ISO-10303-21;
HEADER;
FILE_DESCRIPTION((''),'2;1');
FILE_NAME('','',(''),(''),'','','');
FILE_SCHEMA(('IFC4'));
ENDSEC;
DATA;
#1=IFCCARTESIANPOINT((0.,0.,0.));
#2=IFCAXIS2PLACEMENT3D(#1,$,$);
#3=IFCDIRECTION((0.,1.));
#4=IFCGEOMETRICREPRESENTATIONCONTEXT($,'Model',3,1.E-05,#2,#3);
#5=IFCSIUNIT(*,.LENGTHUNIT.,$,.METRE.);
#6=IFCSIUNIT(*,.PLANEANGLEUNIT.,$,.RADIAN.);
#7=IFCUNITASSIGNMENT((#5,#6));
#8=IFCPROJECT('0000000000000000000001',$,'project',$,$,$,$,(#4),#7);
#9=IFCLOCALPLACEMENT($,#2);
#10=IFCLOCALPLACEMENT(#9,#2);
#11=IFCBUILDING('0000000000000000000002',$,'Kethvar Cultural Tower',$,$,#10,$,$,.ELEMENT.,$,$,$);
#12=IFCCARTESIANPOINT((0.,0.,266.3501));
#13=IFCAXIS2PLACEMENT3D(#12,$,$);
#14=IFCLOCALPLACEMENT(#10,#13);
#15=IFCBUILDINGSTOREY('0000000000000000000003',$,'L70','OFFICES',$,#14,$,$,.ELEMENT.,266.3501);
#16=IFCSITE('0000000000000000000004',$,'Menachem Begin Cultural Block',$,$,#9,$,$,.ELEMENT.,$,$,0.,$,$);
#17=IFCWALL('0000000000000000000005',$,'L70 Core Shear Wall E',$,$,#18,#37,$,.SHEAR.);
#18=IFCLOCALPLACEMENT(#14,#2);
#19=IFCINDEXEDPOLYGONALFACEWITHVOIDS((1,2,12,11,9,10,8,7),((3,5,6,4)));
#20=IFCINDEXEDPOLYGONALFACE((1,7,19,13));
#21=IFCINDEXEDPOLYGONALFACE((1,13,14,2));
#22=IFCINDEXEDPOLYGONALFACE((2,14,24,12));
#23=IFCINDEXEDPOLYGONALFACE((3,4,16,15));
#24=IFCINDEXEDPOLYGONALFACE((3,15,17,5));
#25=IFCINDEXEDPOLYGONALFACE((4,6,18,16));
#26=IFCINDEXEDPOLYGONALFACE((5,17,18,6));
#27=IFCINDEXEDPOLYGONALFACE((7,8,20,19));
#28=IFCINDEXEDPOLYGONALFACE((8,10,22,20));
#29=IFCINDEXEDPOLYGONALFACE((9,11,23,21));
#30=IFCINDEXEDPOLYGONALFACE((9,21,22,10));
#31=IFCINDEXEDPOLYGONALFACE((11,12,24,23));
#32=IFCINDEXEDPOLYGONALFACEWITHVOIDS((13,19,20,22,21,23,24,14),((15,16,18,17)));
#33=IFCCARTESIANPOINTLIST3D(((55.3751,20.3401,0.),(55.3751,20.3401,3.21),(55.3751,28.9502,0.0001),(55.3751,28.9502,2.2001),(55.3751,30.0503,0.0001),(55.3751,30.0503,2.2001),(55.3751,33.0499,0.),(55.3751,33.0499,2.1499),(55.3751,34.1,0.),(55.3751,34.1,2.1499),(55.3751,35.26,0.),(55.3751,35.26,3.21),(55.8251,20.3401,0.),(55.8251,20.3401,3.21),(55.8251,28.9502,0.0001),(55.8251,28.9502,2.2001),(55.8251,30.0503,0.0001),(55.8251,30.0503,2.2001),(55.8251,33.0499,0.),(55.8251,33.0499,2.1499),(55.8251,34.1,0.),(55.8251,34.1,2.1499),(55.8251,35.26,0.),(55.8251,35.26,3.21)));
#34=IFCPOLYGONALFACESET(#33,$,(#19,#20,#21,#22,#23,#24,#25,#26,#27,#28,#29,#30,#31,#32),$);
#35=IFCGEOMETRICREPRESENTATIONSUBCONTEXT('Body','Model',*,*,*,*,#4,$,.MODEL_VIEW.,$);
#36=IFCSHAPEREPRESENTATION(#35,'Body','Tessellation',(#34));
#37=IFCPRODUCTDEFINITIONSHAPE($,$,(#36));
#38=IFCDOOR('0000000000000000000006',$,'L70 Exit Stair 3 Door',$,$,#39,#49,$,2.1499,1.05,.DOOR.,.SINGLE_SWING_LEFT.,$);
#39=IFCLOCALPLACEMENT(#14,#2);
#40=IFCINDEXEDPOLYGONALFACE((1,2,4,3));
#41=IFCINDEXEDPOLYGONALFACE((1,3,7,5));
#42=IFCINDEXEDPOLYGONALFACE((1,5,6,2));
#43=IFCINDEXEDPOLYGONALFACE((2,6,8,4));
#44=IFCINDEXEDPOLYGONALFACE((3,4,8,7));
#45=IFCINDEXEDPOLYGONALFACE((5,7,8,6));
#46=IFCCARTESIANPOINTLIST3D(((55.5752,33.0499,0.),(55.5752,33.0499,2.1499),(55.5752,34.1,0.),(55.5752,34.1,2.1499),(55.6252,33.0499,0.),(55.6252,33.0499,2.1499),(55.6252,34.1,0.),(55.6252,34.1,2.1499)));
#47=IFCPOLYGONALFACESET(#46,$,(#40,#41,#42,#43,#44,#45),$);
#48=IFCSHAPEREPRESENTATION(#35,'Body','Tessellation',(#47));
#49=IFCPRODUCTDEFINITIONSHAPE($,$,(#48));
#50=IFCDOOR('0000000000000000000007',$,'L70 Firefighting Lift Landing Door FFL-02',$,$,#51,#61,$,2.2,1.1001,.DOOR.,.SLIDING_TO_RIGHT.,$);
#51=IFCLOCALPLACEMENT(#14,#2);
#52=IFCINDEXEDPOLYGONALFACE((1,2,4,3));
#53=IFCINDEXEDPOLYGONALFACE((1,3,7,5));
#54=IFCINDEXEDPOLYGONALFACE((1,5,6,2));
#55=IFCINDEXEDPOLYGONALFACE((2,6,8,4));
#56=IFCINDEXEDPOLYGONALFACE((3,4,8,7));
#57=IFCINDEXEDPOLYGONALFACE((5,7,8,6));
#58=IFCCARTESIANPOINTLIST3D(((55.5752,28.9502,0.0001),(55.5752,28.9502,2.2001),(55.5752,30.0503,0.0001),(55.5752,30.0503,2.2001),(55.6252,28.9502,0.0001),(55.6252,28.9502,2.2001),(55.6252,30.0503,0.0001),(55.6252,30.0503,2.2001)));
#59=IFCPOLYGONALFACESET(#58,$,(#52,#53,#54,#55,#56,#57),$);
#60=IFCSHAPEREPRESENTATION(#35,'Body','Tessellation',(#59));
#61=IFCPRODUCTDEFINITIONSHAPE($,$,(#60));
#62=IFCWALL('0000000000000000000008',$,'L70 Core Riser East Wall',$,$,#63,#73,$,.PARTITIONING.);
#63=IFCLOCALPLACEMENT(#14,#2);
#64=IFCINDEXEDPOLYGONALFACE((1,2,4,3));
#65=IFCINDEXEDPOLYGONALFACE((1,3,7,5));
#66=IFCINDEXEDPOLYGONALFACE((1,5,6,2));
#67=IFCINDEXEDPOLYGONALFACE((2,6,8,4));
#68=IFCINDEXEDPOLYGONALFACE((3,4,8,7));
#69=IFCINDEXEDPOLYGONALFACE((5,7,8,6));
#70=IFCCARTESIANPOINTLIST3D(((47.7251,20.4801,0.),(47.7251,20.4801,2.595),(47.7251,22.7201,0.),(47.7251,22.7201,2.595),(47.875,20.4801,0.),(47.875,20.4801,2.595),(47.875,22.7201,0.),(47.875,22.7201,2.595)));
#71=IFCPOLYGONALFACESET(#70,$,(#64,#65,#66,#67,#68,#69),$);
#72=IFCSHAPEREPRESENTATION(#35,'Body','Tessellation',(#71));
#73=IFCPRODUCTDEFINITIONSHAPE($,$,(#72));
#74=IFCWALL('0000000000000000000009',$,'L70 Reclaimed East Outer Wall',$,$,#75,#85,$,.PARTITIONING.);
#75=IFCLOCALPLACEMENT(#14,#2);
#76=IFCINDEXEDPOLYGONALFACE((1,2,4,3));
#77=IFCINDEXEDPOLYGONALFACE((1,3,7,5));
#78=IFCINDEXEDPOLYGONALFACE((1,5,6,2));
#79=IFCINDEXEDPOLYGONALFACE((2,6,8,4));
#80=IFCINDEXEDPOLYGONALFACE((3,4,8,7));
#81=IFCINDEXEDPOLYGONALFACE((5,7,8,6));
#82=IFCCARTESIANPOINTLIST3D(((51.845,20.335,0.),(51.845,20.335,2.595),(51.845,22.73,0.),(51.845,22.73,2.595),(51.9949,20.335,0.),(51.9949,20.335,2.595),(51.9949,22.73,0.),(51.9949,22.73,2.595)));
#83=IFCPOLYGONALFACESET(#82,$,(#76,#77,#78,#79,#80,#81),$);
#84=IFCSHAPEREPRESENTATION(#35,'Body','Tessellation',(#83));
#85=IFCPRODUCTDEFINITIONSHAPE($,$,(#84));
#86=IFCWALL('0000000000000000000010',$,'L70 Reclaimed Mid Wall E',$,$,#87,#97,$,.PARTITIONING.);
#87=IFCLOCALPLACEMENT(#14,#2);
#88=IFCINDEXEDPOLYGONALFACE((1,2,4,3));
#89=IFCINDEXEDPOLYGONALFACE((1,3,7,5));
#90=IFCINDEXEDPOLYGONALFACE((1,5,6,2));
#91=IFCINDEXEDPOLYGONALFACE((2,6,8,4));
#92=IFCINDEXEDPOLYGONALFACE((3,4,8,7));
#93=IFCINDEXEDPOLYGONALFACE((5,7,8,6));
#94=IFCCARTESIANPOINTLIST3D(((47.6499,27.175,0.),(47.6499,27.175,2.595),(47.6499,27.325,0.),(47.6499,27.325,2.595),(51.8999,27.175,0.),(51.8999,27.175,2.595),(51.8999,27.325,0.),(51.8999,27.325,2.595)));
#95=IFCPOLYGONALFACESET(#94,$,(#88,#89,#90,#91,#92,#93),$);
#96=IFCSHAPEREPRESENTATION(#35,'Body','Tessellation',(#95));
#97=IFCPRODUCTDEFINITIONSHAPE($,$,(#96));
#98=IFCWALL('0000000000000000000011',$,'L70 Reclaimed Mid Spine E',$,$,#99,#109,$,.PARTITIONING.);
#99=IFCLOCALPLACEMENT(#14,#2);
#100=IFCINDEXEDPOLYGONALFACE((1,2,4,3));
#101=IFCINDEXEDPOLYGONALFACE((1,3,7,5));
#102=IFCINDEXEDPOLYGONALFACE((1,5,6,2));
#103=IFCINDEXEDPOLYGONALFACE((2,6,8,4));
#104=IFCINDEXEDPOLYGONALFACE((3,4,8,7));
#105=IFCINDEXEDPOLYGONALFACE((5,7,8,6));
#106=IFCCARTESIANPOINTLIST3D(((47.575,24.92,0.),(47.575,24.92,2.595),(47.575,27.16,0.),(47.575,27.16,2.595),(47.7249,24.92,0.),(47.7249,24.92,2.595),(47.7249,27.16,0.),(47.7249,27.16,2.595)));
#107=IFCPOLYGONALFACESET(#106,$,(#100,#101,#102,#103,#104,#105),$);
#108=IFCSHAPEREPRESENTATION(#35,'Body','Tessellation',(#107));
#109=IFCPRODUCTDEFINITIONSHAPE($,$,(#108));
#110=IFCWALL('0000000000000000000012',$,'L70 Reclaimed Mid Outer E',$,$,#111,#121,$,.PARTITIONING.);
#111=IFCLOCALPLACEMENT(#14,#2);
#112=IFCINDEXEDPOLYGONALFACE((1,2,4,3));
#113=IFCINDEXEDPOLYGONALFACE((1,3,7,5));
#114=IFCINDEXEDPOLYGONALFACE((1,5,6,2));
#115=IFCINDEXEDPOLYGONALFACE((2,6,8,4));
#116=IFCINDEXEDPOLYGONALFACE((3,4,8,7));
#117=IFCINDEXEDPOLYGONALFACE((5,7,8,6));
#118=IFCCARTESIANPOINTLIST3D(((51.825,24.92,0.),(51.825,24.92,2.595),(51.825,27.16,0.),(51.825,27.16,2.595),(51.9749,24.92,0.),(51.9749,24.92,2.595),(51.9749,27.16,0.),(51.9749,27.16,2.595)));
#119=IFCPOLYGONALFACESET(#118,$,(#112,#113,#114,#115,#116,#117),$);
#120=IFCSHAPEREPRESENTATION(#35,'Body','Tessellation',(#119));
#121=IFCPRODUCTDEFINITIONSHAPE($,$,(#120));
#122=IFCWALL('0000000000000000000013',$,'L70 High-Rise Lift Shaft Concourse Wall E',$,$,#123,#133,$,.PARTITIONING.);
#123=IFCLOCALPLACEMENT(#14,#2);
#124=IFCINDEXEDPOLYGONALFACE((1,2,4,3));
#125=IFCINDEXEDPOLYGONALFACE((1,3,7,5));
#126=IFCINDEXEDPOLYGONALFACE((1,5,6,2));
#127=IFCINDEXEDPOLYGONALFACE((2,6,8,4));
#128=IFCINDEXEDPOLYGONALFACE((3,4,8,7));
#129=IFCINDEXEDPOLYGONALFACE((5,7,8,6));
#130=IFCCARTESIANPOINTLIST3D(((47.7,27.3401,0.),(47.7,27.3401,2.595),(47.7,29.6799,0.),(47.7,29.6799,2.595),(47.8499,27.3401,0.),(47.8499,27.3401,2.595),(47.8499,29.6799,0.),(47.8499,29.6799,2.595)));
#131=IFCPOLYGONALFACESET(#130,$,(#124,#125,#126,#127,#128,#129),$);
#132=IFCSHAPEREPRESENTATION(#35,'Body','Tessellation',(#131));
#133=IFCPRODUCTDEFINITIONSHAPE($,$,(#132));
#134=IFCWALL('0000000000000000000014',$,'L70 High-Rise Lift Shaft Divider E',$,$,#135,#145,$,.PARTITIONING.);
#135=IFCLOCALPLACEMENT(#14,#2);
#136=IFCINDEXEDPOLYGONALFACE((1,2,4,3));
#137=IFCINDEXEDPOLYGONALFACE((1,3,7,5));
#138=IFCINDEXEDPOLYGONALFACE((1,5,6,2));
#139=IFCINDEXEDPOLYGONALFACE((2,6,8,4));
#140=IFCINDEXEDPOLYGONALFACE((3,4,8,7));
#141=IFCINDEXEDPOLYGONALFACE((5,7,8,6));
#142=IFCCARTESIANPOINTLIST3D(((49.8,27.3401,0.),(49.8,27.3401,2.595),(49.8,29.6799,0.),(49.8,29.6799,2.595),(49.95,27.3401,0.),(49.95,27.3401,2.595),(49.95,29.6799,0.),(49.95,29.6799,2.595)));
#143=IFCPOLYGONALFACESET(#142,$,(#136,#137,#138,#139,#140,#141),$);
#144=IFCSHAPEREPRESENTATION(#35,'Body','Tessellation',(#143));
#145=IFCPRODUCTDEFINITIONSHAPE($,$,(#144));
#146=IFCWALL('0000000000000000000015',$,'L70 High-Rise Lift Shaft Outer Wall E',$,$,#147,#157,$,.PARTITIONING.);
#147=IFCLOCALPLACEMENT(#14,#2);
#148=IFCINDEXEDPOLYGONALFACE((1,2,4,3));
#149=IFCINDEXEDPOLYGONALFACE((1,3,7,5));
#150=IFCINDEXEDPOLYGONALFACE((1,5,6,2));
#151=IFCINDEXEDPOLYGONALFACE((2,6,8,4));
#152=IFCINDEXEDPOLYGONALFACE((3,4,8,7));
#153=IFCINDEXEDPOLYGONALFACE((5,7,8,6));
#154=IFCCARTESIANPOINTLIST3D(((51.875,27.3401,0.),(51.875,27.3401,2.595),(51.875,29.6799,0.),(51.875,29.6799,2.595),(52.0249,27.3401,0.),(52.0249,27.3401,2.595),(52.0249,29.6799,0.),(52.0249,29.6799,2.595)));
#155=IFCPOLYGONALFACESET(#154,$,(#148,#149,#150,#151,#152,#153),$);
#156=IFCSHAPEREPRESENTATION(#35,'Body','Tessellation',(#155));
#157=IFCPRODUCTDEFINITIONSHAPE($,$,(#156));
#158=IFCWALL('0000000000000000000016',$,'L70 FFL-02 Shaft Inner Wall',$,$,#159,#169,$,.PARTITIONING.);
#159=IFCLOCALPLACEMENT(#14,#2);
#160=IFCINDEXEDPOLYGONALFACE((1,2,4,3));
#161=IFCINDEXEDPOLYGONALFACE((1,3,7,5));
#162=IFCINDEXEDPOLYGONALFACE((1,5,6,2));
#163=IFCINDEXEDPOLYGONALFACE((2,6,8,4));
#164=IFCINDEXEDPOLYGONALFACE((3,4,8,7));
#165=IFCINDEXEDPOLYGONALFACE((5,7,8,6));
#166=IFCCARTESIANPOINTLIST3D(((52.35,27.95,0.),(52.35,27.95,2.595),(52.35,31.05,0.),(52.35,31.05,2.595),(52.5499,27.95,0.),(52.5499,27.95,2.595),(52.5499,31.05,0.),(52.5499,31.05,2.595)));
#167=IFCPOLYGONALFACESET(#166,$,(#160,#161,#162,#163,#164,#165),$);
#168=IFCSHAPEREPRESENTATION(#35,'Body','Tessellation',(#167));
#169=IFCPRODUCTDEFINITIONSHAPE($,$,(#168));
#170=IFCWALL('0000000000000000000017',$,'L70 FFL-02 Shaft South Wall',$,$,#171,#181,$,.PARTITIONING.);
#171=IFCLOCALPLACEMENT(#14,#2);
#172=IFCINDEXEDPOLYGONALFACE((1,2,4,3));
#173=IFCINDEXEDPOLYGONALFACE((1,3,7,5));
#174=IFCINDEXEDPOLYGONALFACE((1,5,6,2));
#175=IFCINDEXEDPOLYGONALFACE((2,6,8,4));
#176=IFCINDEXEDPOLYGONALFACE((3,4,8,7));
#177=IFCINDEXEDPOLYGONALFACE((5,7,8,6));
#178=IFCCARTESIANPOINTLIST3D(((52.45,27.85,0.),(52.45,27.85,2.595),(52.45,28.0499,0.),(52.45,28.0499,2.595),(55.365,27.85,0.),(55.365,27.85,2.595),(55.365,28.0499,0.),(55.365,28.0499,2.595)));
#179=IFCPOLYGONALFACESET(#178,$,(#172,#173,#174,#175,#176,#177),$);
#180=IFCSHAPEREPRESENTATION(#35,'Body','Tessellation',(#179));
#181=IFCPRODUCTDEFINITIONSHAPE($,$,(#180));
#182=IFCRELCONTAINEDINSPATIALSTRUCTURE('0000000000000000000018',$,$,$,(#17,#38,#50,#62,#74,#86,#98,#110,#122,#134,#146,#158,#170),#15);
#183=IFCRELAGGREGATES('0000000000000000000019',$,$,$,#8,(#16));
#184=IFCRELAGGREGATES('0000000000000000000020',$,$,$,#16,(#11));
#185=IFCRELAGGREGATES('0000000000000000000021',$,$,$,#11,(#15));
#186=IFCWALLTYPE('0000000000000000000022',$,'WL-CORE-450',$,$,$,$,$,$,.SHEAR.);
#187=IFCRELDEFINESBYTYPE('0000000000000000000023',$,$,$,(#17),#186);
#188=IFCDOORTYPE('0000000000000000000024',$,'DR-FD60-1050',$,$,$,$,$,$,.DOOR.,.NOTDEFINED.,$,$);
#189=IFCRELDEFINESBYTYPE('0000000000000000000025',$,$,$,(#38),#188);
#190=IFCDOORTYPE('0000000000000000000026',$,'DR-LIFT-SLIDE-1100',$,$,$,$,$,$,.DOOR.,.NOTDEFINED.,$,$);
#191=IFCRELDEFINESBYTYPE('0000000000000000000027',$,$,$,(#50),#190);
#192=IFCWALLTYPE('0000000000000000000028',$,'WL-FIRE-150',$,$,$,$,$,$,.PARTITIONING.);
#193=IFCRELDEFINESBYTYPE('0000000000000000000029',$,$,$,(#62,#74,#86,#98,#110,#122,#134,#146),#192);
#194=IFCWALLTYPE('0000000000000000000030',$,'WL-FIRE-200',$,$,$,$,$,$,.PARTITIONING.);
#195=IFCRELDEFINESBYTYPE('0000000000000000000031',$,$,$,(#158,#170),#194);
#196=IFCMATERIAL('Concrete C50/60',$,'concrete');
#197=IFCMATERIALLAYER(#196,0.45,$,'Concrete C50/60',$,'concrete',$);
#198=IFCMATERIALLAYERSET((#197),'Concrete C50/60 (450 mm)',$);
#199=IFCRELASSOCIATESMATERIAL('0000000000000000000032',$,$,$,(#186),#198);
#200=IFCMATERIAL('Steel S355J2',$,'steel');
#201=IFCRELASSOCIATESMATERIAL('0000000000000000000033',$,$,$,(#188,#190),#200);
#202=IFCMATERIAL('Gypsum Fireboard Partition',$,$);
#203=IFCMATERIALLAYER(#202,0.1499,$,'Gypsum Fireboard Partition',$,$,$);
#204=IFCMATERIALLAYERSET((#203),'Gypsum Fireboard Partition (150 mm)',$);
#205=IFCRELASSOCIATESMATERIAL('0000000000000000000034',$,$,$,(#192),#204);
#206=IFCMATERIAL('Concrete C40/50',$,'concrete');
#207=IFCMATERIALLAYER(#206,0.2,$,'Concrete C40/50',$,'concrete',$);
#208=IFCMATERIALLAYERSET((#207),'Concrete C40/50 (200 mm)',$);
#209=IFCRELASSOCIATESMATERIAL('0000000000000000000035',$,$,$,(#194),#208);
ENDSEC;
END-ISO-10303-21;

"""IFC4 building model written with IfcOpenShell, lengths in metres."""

from ifc_helpers import new_model, si_unit, direction, frame, frame_2d, origin, place, context, subcontext, project, spatial, rectangle, extrude, source, transform, mapped, material, layer, layer_set, type_object, element, fill, save


model = new_model("IFC4")

# Units and contexts
model_context = context("Model", 3, precision=1e-05, world=origin(), true_north=direction((0.0, 1.0)))
body_context = subcontext(model_context, "Body", "Model", "MODEL_VIEW")
ifc_project = project(units=[si_unit("LENGTHUNIT", "METRE"), si_unit("PLANEANGLEUNIT", "RADIAN")], contexts=[model_context])

# Site, building, storey
site_placement = place(None, origin())
site = spatial("IfcSite", under=ifc_project, at=site_placement, Name="Menachem Begin Cultural Block", CompositionType="ELEMENT", RefElevation=0.0)
building_placement = place(site_placement, origin())
building = spatial("IfcBuilding", under=site, at=building_placement, Name="Kethvar Cultural Tower", CompositionType="ELEMENT")
storey_placement = place(building_placement, frame((0.0, 0.0, 266.3501)))
storey = spatial("IfcBuildingStorey", under=building, at=storey_placement, Name="L70", Description="OFFICES", CompositionType="ELEMENT", Elevation=266.3501)

# Wall, openings, doors
ifc_material_1 = material(Name="Concrete C50/60", Category="concrete")
ifc_layer_1 = layer(ifc_material_1, 0.45, Name="Concrete C50/60", Category="concrete")
ifc_layer_set_1 = layer_set([ifc_layer_1], Name="Concrete C50/60 (450 mm)")
wall_type_1 = type_object("IfcWallType", Name="WL-CORE-450", PredefinedType="SHEAR", material=ifc_layer_set_1)
wall_1_placement = place(storey_placement, frame((55.6001, 20.3401, 0.0), z_axis=(0.0, 0.0, 1.0), x_axis=(0.0, 1.0, 0.0)))
wall_1 = element("IfcWall", 1, at=wall_1_placement, inside=storey, type_object=wall_type_1, Name="L70 Core Shear Wall E", PredefinedType="SHEAR", context=body_context, shape_type="SweptSolid", body=[
    extrude(rectangle(XDim=14.9199, YDim=0.45, at=frame_2d((7.46, 0.0))), origin(), (0.0, 0.0, 1.0), 3.21),
])
opening_1_placement = place(wall_1_placement, frame((12.71, 0.0, 0.0)))
opening_1 = element("IfcOpeningElement", 2, at=opening_1_placement, cuts=wall_1, PredefinedType="OPENING", context=body_context, shape_type="SweptSolid", body=[
    extrude(rectangle(XDim=1.05, YDim=2.1499, at=frame_2d((0.5249, 1.075))), frame((0.0, 0.2349, 0.0), z_axis=(0.0, -1.0, 0.0), x_axis=(1.0, 0.0, 0.0)), (0.0, 0.0, 1.0), 0.47),
])
opening_2_placement = place(wall_1_placement, frame((8.6101, 0.0, 0.0)))
opening_2 = element("IfcOpeningElement", 3, at=opening_2_placement, cuts=wall_1, PredefinedType="OPENING", context=body_context, shape_type="SweptSolid", body=[
    extrude(rectangle(XDim=1.1001, YDim=2.2, at=frame_2d((0.55, 1.1001))), frame((0.0, 0.2349, 0.0), z_axis=(0.0, -1.0, 0.0), x_axis=(1.0, 0.0, 0.0)), (0.0, 0.0, 1.0), 0.47),
])
ifc_material_2 = material(Name="Steel S355J2", Category="steel")
door_type_1 = type_object("IfcDoorType", Name="DR-FD60-1050", OperationType="NOTDEFINED", PredefinedType="DOOR", material=ifc_material_2)
shared_shape_1 = source(origin(), body_context, "Body", "SweptSolid", [
    extrude(rectangle(XDim=1.05, YDim=2.1499, at=frame_2d((0.5249, 1.075))), frame((0.0, 0.0249, 0.0), z_axis=(0.0, -1.0, 0.0), x_axis=(1.0, 0.0, 0.0)), (0.0, 0.0, 1.0), 0.05),
])
door_1_placement = place(opening_1_placement, origin())
door_1 = element("IfcDoor", 4, at=door_1_placement, inside=storey, type_object=door_type_1, Name="L70 Exit Stair 3 Door", OperationType="SINGLE_SWING_LEFT", OverallHeight=2.1499, OverallWidth=1.05, PredefinedType="DOOR", context=body_context, shape_type="MappedRepresentation", body=[
    mapped(shared_shape_1, transform((0.0, 0.0, 0.0), scale=1.0)),
])
fill(opening_1, door_1)
door_type_2 = type_object("IfcDoorType", Name="DR-LIFT-SLIDE-1100", OperationType="NOTDEFINED", PredefinedType="DOOR", material=ifc_material_2)
shared_shape_2 = source(origin(), body_context, "Body", "SweptSolid", [
    extrude(rectangle(XDim=1.1001, YDim=2.2, at=frame_2d((0.55, 1.1001))), frame((0.0, 0.0249, 0.0), z_axis=(0.0, -1.0, 0.0), x_axis=(1.0, 0.0, 0.0)), (0.0, 0.0, 1.0), 0.05),
])
door_2_placement = place(opening_2_placement, origin())
door_2 = element("IfcDoor", 5, at=door_2_placement, inside=storey, type_object=door_type_2, Name="L70 Firefighting Lift Landing Door FFL-02", OperationType="SLIDING_TO_RIGHT", OverallHeight=2.2, OverallWidth=1.1001, PredefinedType="DOOR", context=body_context, shape_type="MappedRepresentation", body=[
    mapped(shared_shape_2, transform((0.0, 0.0, 0.0), scale=1.0)),
])
fill(opening_2, door_2)

# Walls
ifc_material_3 = material(Name="Gypsum Fireboard Partition")
ifc_layer_2 = layer(ifc_material_3, 0.1499, Name="Gypsum Fireboard Partition")
ifc_layer_set_2 = layer_set([ifc_layer_2], Name="Gypsum Fireboard Partition (150 mm)")
wall_type_2 = type_object("IfcWallType", Name="WL-FIRE-150", PredefinedType="PARTITIONING", material=ifc_layer_set_2)
wall_2_placement = place(storey_placement, frame((47.8, 20.48, 0.0), z_axis=(0.0, 0.0, 1.0), x_axis=(0.0, 1.0, 0.0)))
element("IfcWall", 6, at=wall_2_placement, inside=storey, type_object=wall_type_2, Name="L70 Core Riser East Wall", PredefinedType="PARTITIONING", context=body_context, shape_type="SweptSolid", body=[
    extrude(rectangle(XDim=2.24, YDim=0.1499, at=frame_2d((1.1201, 0.0))), origin(), (0.0, 0.0, 1.0), 2.595),
])
wall_3_placement = place(storey_placement, frame((51.9199, 20.335, 0.0), z_axis=(0.0, 0.0, 1.0), x_axis=(0.0, 1.0, 0.0)))
element("IfcWall", 7, at=wall_3_placement, inside=storey, type_object=wall_type_2, Name="L70 Reclaimed East Outer Wall", PredefinedType="PARTITIONING", context=body_context, shape_type="SweptSolid", body=[
    extrude(rectangle(XDim=2.395, YDim=0.1499, at=frame_2d((1.1975, 0.0))), origin(), (0.0, 0.0, 1.0), 2.595),
])
wall_4_placement = place(storey_placement, frame((47.6499, 27.25, 0.0), z_axis=(0.0, 0.0, 1.0), x_axis=(1.0, 0.0, 0.0)))
element("IfcWall", 8, at=wall_4_placement, inside=storey, type_object=wall_type_2, Name="L70 Reclaimed Mid Wall E", PredefinedType="PARTITIONING", context=body_context, shape_type="SweptSolid", body=[
    extrude(rectangle(XDim=4.25, YDim=0.1499, at=frame_2d((2.125, 0.0))), origin(), (0.0, 0.0, 1.0), 2.595),
])
for number, where, z_axis, x_axis, name in (
    (9, (47.6499, 24.9199, 0.0), (0.0, 0.0, 1.0), (0.0, 1.0, 0.0), "L70 Reclaimed Mid Spine E"),
    (10, (51.8999, 24.9199, 0.0), (0.0, 0.0, 1.0), (0.0, 1.0, 0.0), "L70 Reclaimed Mid Outer E"),
):
    element("IfcWall", number, at=place(storey_placement, frame(where, z_axis=z_axis, x_axis=x_axis)), inside=storey, type_object=wall_type_2, Name=name, PredefinedType="PARTITIONING", context=body_context, shape_type="SweptSolid", body=[
        extrude(rectangle(XDim=2.24, YDim=0.1499, at=frame_2d((1.1201, 0.0))), origin(), (0.0, 0.0, 1.0), 2.595),
    ])
for number, where, z_axis, x_axis, name in (
    (11, (47.7749, 27.3401, 0.0), (0.0, 0.0, 1.0), (0.0, 1.0, 0.0), "L70 High-Rise Lift Shaft Concourse Wall E"),
    (12, (49.875, 27.3401, 0.0), (0.0, 0.0, 1.0), (0.0, 1.0, 0.0), "L70 High-Rise Lift Shaft Divider E"),
    (13, (51.95, 27.3401, 0.0), (0.0, 0.0, 1.0), (0.0, 1.0, 0.0), "L70 High-Rise Lift Shaft Outer Wall E"),
):
    element("IfcWall", number, at=place(storey_placement, frame(where, z_axis=z_axis, x_axis=x_axis)), inside=storey, type_object=wall_type_2, Name=name, PredefinedType="PARTITIONING", context=body_context, shape_type="SweptSolid", body=[
        extrude(rectangle(XDim=2.3398, YDim=0.1499, at=frame_2d((1.1699, 0.0))), origin(), (0.0, 0.0, 1.0), 2.595),
    ])
ifc_material_4 = material(Name="Concrete C40/50", Category="concrete")
ifc_layer_3 = layer(ifc_material_4, 0.2, Name="Concrete C40/50", Category="concrete")
ifc_layer_set_3 = layer_set([ifc_layer_3], Name="Concrete C40/50 (200 mm)")
wall_type_3 = type_object("IfcWallType", Name="WL-FIRE-200", PredefinedType="PARTITIONING", material=ifc_layer_set_3)
wall_5_placement = place(storey_placement, frame((52.45, 27.95, 0.0), z_axis=(0.0, 0.0, 1.0), x_axis=(0.0, 1.0, 0.0)))
element("IfcWall", 14, at=wall_5_placement, inside=storey, type_object=wall_type_3, Name="L70 FFL-02 Shaft Inner Wall", PredefinedType="PARTITIONING", context=body_context, shape_type="SweptSolid", body=[
    extrude(rectangle(XDim=3.1001, YDim=0.2, at=frame_2d((1.55, 0.0))), origin(), (0.0, 0.0, 1.0), 2.595),
])
wall_6_placement = place(storey_placement, frame((52.45, 27.95, 0.0), z_axis=(0.0, 0.0, 1.0), x_axis=(1.0, 0.0, 0.0)))
element("IfcWall", 15, at=wall_6_placement, inside=storey, type_object=wall_type_3, Name="L70 FFL-02 Shaft South Wall", PredefinedType="PARTITIONING", context=body_context, shape_type="SweptSolid", body=[
    extrude(rectangle(XDim=2.915, YDim=0.2, at=frame_2d((1.4575, 0.0))), origin(), (0.0, 0.0, 1.0), 2.595),
])

save(model, "model.ifc")
